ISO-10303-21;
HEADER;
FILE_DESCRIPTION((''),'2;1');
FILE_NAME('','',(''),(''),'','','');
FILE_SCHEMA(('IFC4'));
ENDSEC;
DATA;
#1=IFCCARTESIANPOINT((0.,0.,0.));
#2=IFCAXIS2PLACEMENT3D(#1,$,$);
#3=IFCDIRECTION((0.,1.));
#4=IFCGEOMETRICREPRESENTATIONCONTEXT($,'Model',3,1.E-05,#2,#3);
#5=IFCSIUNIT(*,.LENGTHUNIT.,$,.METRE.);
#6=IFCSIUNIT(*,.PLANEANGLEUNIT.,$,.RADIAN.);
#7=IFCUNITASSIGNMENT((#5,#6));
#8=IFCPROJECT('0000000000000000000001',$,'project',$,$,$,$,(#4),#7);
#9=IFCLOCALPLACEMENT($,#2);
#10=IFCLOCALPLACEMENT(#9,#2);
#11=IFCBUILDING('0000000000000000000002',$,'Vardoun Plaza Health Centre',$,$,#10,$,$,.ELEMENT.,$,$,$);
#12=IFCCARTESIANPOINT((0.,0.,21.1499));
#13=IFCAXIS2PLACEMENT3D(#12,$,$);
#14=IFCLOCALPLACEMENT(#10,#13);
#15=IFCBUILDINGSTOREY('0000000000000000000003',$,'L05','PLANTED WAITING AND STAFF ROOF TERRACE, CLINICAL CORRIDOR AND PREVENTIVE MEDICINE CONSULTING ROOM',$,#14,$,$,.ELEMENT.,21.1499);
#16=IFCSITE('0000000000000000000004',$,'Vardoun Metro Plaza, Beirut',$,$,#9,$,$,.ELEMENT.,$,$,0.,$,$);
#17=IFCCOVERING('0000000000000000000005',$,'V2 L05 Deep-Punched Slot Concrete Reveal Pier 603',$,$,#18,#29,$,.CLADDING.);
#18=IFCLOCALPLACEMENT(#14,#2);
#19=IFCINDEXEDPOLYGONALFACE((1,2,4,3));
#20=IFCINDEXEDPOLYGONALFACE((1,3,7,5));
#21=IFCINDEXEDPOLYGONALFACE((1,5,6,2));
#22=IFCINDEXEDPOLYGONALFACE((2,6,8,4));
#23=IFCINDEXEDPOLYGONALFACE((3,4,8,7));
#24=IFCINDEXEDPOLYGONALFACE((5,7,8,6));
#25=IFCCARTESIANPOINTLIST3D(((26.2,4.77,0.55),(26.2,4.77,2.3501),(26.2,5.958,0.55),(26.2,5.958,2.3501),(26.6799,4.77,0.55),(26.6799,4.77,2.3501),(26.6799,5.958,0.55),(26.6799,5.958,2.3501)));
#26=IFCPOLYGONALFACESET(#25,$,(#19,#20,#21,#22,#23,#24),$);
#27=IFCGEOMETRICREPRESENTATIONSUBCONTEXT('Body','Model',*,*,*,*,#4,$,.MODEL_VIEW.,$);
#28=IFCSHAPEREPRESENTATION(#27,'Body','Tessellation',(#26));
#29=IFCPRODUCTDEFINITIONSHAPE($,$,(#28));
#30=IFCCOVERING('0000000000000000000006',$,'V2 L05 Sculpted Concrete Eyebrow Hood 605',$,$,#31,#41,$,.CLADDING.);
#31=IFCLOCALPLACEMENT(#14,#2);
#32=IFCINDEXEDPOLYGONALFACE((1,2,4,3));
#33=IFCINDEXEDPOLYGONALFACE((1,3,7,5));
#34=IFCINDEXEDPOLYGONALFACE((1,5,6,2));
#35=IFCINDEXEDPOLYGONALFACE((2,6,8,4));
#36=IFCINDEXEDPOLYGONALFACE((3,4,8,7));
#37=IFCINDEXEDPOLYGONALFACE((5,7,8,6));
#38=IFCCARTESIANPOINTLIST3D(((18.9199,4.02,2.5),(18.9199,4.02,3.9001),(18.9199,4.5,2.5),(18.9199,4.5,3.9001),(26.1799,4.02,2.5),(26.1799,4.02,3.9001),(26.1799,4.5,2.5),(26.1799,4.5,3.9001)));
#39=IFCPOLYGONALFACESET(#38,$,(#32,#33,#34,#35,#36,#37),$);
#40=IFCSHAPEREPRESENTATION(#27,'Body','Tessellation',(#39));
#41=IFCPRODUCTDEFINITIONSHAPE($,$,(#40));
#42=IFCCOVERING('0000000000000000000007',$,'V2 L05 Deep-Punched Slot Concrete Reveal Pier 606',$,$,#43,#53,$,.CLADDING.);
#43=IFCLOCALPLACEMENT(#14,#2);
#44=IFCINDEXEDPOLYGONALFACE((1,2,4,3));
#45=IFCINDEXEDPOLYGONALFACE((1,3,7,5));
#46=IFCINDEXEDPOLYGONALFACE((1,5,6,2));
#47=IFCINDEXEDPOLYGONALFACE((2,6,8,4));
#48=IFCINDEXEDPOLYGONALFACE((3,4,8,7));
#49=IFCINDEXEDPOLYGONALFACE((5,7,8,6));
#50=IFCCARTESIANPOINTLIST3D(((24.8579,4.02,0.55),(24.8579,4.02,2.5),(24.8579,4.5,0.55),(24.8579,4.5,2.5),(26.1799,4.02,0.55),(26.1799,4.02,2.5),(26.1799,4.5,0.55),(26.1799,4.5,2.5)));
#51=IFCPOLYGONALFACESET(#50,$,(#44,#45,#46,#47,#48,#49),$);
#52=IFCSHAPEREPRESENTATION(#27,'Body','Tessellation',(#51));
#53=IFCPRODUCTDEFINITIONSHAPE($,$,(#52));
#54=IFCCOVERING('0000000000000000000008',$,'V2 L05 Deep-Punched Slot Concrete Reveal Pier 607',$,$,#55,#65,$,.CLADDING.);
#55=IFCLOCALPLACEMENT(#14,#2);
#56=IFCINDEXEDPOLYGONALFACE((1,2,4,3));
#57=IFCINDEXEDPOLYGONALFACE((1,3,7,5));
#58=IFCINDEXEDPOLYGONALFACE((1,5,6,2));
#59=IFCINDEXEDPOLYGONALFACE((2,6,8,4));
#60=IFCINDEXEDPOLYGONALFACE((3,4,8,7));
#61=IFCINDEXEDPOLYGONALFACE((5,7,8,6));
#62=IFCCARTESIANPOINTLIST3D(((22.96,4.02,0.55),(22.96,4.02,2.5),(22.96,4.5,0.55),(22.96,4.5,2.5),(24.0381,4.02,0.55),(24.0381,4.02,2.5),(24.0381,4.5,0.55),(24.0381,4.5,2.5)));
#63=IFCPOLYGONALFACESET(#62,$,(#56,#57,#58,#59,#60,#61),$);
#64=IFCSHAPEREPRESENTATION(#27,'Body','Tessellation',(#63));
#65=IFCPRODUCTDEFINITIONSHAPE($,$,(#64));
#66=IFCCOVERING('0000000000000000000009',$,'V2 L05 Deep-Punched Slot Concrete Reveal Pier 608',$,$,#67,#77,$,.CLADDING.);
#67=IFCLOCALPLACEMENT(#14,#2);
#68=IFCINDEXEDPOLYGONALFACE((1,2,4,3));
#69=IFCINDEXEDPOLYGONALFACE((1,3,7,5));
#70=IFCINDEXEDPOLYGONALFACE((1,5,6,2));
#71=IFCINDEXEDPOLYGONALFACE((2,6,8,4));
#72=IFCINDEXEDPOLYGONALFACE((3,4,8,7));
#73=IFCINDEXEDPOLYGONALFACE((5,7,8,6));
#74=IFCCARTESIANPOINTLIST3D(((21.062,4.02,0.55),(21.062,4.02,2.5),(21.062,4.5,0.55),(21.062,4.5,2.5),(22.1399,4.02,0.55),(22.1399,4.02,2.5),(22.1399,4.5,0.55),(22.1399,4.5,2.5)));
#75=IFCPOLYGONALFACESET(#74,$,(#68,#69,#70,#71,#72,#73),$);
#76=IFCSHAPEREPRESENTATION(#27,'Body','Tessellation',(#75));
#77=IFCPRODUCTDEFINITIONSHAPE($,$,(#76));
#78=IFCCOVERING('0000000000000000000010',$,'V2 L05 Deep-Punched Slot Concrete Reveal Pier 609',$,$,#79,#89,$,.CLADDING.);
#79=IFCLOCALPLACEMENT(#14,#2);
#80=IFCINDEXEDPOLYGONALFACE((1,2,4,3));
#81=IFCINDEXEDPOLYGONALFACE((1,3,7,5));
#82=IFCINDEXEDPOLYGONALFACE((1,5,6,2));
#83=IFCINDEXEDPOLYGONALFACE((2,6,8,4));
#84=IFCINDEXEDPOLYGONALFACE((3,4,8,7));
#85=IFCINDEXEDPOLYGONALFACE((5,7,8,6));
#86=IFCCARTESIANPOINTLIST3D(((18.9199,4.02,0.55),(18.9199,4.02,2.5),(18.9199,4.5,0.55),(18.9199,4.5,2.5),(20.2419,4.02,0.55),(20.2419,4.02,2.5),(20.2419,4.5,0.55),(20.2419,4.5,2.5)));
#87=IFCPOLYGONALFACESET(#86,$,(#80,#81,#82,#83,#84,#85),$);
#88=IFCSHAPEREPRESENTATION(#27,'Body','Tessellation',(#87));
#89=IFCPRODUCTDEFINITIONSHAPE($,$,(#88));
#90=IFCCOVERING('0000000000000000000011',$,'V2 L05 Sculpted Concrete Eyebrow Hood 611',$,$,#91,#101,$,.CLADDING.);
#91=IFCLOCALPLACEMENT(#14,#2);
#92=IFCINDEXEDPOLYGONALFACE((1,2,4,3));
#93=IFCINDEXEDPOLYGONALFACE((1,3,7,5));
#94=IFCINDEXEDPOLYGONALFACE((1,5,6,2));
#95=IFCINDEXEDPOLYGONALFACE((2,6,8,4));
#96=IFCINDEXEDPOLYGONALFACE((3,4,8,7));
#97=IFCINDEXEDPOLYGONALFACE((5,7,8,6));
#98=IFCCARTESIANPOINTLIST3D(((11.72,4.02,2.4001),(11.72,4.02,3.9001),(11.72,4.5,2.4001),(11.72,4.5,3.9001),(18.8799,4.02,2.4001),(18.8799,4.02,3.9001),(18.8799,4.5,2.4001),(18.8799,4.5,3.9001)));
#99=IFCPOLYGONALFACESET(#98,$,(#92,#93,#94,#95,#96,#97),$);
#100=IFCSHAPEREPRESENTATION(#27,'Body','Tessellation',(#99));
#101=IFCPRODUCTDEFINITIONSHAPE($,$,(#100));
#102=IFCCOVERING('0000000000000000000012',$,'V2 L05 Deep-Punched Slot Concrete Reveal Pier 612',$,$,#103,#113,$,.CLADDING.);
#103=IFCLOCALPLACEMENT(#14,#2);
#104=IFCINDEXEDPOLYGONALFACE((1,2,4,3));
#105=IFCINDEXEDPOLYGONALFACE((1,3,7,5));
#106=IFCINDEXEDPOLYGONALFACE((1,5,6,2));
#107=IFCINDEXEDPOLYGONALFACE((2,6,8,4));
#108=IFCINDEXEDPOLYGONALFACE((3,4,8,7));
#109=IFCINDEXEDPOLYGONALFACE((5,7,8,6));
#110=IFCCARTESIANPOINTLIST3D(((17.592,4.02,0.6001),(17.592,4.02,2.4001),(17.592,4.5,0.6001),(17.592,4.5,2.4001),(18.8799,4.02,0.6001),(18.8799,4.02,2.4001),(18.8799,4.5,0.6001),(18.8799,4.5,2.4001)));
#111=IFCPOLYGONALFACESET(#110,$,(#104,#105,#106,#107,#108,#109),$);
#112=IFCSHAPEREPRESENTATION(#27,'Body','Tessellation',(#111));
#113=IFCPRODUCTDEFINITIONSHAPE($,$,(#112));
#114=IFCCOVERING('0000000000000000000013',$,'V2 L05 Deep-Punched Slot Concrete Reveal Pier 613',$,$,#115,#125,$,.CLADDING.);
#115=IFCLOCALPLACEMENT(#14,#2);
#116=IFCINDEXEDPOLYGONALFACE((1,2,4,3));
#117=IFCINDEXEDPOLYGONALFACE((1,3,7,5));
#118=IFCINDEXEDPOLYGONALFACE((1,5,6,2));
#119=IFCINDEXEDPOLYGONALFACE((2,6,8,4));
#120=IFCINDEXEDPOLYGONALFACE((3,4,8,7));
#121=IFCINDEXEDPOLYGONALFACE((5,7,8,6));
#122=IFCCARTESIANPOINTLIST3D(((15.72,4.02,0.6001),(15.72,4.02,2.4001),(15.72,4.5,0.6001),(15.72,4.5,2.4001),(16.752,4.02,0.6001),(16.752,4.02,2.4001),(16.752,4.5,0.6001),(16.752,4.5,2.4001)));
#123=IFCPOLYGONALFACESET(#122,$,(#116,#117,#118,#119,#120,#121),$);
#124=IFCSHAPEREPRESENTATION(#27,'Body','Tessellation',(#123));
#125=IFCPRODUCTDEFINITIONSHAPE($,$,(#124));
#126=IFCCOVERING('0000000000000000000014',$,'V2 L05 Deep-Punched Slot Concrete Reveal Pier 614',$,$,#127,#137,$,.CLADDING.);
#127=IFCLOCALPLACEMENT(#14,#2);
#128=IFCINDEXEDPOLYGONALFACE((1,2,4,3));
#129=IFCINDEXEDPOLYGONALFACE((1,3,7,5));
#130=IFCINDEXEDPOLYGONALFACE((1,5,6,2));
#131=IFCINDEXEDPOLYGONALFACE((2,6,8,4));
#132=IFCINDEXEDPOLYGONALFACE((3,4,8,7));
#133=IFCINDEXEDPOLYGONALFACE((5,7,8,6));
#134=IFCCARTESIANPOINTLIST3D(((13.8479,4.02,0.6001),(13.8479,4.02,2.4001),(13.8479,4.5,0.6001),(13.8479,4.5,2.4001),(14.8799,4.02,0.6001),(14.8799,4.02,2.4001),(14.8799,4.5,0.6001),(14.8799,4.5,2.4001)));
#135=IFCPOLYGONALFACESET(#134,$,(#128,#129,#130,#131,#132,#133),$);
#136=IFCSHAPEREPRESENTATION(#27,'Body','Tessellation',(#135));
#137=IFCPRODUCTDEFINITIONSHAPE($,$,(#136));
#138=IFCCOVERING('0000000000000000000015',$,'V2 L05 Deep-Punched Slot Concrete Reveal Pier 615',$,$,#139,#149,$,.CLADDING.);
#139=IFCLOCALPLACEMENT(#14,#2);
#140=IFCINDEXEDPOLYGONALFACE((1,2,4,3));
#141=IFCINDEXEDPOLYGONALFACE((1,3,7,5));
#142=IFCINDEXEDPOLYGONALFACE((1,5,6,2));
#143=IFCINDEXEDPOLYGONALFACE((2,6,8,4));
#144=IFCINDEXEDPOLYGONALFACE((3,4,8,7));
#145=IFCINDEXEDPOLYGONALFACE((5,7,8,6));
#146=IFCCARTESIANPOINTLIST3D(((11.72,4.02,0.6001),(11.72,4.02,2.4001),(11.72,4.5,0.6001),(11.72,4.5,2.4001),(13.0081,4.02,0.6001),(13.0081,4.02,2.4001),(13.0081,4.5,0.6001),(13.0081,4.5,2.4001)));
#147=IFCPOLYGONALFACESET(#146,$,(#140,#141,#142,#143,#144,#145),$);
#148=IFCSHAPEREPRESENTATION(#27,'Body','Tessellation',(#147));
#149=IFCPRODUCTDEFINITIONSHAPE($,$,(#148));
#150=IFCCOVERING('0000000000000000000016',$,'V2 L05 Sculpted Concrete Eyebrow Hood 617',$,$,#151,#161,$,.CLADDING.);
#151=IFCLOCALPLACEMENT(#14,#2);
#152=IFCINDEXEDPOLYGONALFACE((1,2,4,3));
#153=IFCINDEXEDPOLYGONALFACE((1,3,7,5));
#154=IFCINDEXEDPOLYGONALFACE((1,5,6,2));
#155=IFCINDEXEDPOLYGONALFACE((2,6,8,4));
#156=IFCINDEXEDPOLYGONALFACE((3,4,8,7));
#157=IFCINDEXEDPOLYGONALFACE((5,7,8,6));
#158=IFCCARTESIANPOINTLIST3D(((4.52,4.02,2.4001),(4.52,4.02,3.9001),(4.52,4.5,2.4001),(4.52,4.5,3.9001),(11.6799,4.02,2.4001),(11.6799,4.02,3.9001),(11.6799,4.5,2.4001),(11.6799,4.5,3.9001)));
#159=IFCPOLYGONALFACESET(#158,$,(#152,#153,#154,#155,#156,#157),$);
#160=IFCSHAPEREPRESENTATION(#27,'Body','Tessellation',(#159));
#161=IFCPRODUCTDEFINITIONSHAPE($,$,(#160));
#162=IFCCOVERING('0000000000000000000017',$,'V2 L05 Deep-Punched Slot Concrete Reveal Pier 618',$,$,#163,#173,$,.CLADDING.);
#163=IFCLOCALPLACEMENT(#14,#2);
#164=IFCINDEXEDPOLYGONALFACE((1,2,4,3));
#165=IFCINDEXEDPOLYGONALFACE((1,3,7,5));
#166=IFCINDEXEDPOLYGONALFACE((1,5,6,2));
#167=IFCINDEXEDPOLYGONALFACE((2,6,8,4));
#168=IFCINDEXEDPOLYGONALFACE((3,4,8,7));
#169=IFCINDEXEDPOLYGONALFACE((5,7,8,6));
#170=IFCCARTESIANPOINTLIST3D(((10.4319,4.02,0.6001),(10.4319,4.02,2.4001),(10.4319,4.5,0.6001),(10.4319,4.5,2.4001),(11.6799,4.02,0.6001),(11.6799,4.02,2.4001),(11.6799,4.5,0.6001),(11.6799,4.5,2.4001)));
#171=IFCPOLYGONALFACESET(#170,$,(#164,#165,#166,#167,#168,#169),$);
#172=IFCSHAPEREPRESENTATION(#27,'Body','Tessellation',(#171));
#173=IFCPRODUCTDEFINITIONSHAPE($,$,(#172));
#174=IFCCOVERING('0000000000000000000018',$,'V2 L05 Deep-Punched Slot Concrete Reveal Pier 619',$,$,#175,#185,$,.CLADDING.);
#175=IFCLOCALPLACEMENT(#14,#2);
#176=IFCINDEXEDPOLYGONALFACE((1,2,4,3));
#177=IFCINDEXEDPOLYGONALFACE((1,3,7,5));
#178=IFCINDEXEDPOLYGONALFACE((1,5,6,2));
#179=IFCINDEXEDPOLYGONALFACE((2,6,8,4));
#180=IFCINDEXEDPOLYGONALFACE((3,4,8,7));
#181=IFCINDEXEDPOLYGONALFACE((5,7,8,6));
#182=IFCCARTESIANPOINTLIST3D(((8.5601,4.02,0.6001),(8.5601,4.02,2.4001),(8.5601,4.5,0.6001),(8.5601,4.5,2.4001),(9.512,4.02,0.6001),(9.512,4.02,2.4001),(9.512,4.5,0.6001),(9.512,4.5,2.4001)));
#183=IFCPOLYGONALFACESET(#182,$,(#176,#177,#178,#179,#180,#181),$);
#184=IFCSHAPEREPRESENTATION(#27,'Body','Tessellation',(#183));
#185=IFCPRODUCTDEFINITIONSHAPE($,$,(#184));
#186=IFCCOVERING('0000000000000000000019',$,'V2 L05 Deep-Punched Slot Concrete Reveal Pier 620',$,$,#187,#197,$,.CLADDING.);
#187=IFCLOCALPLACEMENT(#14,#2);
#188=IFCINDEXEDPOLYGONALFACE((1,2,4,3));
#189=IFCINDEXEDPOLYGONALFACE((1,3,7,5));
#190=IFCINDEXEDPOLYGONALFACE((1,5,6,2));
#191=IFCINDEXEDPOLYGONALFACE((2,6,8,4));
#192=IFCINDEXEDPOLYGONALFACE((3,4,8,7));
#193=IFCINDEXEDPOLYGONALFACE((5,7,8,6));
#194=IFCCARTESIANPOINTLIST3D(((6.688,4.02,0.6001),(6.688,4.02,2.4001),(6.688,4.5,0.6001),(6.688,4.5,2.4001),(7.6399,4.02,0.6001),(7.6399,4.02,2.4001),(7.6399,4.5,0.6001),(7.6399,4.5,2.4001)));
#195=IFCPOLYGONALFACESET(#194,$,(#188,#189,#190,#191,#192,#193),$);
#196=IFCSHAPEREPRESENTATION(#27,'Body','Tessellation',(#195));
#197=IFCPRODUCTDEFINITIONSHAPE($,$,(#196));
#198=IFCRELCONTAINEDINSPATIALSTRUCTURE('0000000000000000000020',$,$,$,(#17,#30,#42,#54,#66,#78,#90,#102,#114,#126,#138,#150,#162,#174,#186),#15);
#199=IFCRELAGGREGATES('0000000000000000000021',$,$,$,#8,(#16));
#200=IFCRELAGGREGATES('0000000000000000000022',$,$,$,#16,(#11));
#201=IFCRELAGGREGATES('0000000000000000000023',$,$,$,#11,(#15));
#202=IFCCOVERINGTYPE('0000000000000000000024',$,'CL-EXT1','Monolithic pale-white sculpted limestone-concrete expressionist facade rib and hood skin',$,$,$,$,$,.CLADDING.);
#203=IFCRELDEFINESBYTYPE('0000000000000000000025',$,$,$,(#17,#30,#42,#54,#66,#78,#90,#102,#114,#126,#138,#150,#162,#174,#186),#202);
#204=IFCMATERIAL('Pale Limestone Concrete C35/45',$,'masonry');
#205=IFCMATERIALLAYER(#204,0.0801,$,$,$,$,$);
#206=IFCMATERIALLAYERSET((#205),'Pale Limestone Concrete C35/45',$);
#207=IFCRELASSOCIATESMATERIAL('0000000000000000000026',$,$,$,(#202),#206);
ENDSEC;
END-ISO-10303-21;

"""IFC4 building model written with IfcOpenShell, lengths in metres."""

from ifc_helpers import new_model, si_unit, direction, frame, origin, place, context, subcontext, project, spatial, polyline, outline, extrude, material, layer, layer_set, type_object, element, save


model = new_model("IFC4")

# Units and contexts
model_context = context("Model", 3, precision=1e-05, world=origin(), true_north=direction((0.0, 1.0)))
body_context = subcontext(model_context, "Body", "Model", "MODEL_VIEW")
ifc_project = project(units=[si_unit("LENGTHUNIT", "METRE"), si_unit("PLANEANGLEUNIT", "RADIAN")], contexts=[model_context])

# Site, building, storey
site_placement = place(None, origin())
site = spatial("IfcSite", under=ifc_project, at=site_placement, Name="Vardoun Metro Plaza, Beirut", CompositionType="ELEMENT", RefElevation=0.0)
building_placement = place(site_placement, origin())
building = spatial("IfcBuilding", under=site, at=building_placement, Name="Vardoun Plaza Health Centre", CompositionType="ELEMENT")
storey_placement = place(building_placement, frame((0.0, 0.0, 21.1499)))
storey = spatial("IfcBuildingStorey", under=building, at=storey_placement, Name="L05", Description="PLANTED WAITING AND STAFF ROOF TERRACE, CLINICAL CORRIDOR AND PREVENTIVE MEDICINE CONSULTING ROOM", CompositionType="ELEMENT", Elevation=21.1499)

# Coverings
ifc_material = material(Name="Pale Limestone Concrete C35/45", Category="masonry")
ifc_layer = layer(ifc_material, 0.0801)
ifc_layer_set = layer_set([ifc_layer], Name="Pale Limestone Concrete C35/45")
covering_type = type_object("IfcCoveringType", Name="CL-EXT1", Description="Monolithic pale-white sculpted limestone-concrete expressionist facade rib and hood skin", PredefinedType="CLADDING", material=ifc_layer_set)
covering_1_placement = place(storey_placement, frame((0.0, 0.0, 0.55)))
element("IfcCovering", 1, at=covering_1_placement, inside=storey, type_object=covering_type, Name="V2 L05 Deep-Punched Slot Concrete Reveal Pier 603", PredefinedType="CLADDING", context=body_context, shape_type="SweptSolid", body=[
    extrude(outline(polyline([(26.2, 5.958), (26.2, 4.77), (26.6799, 4.77), (26.6799, 5.958), (26.2, 5.958)])), origin(), (0.0, 0.0, 1.0), 1.8),
])
covering_2_placement = place(storey_placement, frame((0.0, 0.0, 2.5)))
element("IfcCovering", 2, at=covering_2_placement, inside=storey, type_object=covering_type, Name="V2 L05 Sculpted Concrete Eyebrow Hood 605", PredefinedType="CLADDING", context=body_context, shape_type="SweptSolid", body=[
    extrude(outline(polyline([(26.1799, 4.5), (18.9199, 4.5), (18.9199, 4.02), (26.1799, 4.02), (26.1799, 4.5)])), origin(), (0.0, 0.0, 1.0), 1.4001),
])
covering_3_placement = place(storey_placement, frame((0.0, 0.0, 0.55)))
element("IfcCovering", 3, at=covering_3_placement, inside=storey, type_object=covering_type, Name="V2 L05 Deep-Punched Slot Concrete Reveal Pier 606", PredefinedType="CLADDING", context=body_context, shape_type="SweptSolid", body=[
    extrude(outline(polyline([(26.1799, 4.5), (24.8579, 4.5), (24.8579, 4.02), (26.1799, 4.02), (26.1799, 4.5)])), origin(), (0.0, 0.0, 1.0), 1.95),
])
covering_4_placement = place(storey_placement, frame((0.0, 0.0, 0.55)))
element("IfcCovering", 4, at=covering_4_placement, inside=storey, type_object=covering_type, Name="V2 L05 Deep-Punched Slot Concrete Reveal Pier 607", PredefinedType="CLADDING", context=body_context, shape_type="SweptSolid", body=[
    extrude(outline(polyline([(24.0381, 4.5), (22.96, 4.5), (22.96, 4.02), (24.0381, 4.02), (24.0381, 4.5)])), origin(), (0.0, 0.0, 1.0), 1.95),
])
covering_5_placement = place(storey_placement, frame((0.0, 0.0, 0.55)))
element("IfcCovering", 5, at=covering_5_placement, inside=storey, type_object=covering_type, Name="V2 L05 Deep-Punched Slot Concrete Reveal Pier 608", PredefinedType="CLADDING", context=body_context, shape_type="SweptSolid", body=[
    extrude(outline(polyline([(22.1399, 4.5), (21.062, 4.5), (21.062, 4.02), (22.1399, 4.02), (22.1399, 4.5)])), origin(), (0.0, 0.0, 1.0), 1.95),
])
covering_6_placement = place(storey_placement, frame((0.0, 0.0, 0.55)))
element("IfcCovering", 6, at=covering_6_placement, inside=storey, type_object=covering_type, Name="V2 L05 Deep-Punched Slot Concrete Reveal Pier 609", PredefinedType="CLADDING", context=body_context, shape_type="SweptSolid", body=[
    extrude(outline(polyline([(20.2419, 4.5), (18.9199, 4.5), (18.9199, 4.02), (20.2419, 4.02), (20.2419, 4.5)])), origin(), (0.0, 0.0, 1.0), 1.95),
])
covering_7_placement = place(storey_placement, frame((0.0, 0.0, 2.4001)))
element("IfcCovering", 7, at=covering_7_placement, inside=storey, type_object=covering_type, Name="V2 L05 Sculpted Concrete Eyebrow Hood 611", PredefinedType="CLADDING", context=body_context, shape_type="SweptSolid", body=[
    extrude(outline(polyline([(18.8799, 4.5), (11.72, 4.5), (11.72, 4.02), (18.8799, 4.02), (18.8799, 4.5)])), origin(), (0.0, 0.0, 1.0), 1.5),
])
covering_8_placement = place(storey_placement, frame((0.0, 0.0, 0.6001)))
element("IfcCovering", 8, at=covering_8_placement, inside=storey, type_object=covering_type, Name="V2 L05 Deep-Punched Slot Concrete Reveal Pier 612", PredefinedType="CLADDING", context=body_context, shape_type="SweptSolid", body=[
    extrude(outline(polyline([(18.8799, 4.5), (17.592, 4.5), (17.592, 4.02), (18.8799, 4.02), (18.8799, 4.5)])), origin(), (0.0, 0.0, 1.0), 1.8),
])
covering_9_placement = place(storey_placement, frame((0.0, 0.0, 0.6001)))
element("IfcCovering", 9, at=covering_9_placement, inside=storey, type_object=covering_type, Name="V2 L05 Deep-Punched Slot Concrete Reveal Pier 613", PredefinedType="CLADDING", context=body_context, shape_type="SweptSolid", body=[
    extrude(outline(polyline([(16.752, 4.5), (15.72, 4.5), (15.72, 4.02), (16.752, 4.02), (16.752, 4.5)])), origin(), (0.0, 0.0, 1.0), 1.8),
])
covering_10_placement = place(storey_placement, frame((0.0, 0.0, 0.6001)))
element("IfcCovering", 10, at=covering_10_placement, inside=storey, type_object=covering_type, Name="V2 L05 Deep-Punched Slot Concrete Reveal Pier 614", PredefinedType="CLADDING", context=body_context, shape_type="SweptSolid", body=[
    extrude(outline(polyline([(14.8799, 4.5), (13.8479, 4.5), (13.8479, 4.02), (14.8799, 4.02), (14.8799, 4.5)])), origin(), (0.0, 0.0, 1.0), 1.8),
])
covering_11_placement = place(storey_placement, frame((0.0, 0.0, 0.6001)))
element("IfcCovering", 11, at=covering_11_placement, inside=storey, type_object=covering_type, Name="V2 L05 Deep-Punched Slot Concrete Reveal Pier 615", PredefinedType="CLADDING", context=body_context, shape_type="SweptSolid", body=[
    extrude(outline(polyline([(13.0081, 4.5), (11.72, 4.5), (11.72, 4.02), (13.0081, 4.02), (13.0081, 4.5)])), origin(), (0.0, 0.0, 1.0), 1.8),
])
covering_12_placement = place(storey_placement, frame((0.0, 0.0, 2.4001)))
element("IfcCovering", 12, at=covering_12_placement, inside=storey, type_object=covering_type, Name="V2 L05 Sculpted Concrete Eyebrow Hood 617", PredefinedType="CLADDING", context=body_context, shape_type="SweptSolid", body=[
    extrude(outline(polyline([(11.6799, 4.5), (4.52, 4.5), (4.52, 4.02), (11.6799, 4.02), (11.6799, 4.5)])), origin(), (0.0, 0.0, 1.0), 1.5),
])
covering_13_placement = place(storey_placement, frame((0.0, 0.0, 0.6001)))
element("IfcCovering", 13, at=covering_13_placement, inside=storey, type_object=covering_type, Name="V2 L05 Deep-Punched Slot Concrete Reveal Pier 618", PredefinedType="CLADDING", context=body_context, shape_type="SweptSolid", body=[
    extrude(outline(polyline([(11.6799, 4.5), (10.4319, 4.5), (10.4319, 4.02), (11.6799, 4.02), (11.6799, 4.5)])), origin(), (0.0, 0.0, 1.0), 1.8),
])
covering_14_placement = place(storey_placement, frame((0.0, 0.0, 0.6001)))
element("IfcCovering", 14, at=covering_14_placement, inside=storey, type_object=covering_type, Name="V2 L05 Deep-Punched Slot Concrete Reveal Pier 619", PredefinedType="CLADDING", context=body_context, shape_type="SweptSolid", body=[
    extrude(outline(polyline([(9.512, 4.5), (8.5601, 4.5), (8.5601, 4.02), (9.512, 4.02), (9.512, 4.5)])), origin(), (0.0, 0.0, 1.0), 1.8),
])
covering_15_placement = place(storey_placement, frame((0.0, 0.0, 0.6001)))
element("IfcCovering", 15, at=covering_15_placement, inside=storey, type_object=covering_type, Name="V2 L05 Deep-Punched Slot Concrete Reveal Pier 620", PredefinedType="CLADDING", context=body_context, shape_type="SweptSolid", body=[
    extrude(outline(polyline([(7.6399, 4.5), (6.688, 4.5), (6.688, 4.02), (7.6399, 4.02), (7.6399, 4.5)])), origin(), (0.0, 0.0, 1.0), 1.8),
])

save(model, "model.ifc")
